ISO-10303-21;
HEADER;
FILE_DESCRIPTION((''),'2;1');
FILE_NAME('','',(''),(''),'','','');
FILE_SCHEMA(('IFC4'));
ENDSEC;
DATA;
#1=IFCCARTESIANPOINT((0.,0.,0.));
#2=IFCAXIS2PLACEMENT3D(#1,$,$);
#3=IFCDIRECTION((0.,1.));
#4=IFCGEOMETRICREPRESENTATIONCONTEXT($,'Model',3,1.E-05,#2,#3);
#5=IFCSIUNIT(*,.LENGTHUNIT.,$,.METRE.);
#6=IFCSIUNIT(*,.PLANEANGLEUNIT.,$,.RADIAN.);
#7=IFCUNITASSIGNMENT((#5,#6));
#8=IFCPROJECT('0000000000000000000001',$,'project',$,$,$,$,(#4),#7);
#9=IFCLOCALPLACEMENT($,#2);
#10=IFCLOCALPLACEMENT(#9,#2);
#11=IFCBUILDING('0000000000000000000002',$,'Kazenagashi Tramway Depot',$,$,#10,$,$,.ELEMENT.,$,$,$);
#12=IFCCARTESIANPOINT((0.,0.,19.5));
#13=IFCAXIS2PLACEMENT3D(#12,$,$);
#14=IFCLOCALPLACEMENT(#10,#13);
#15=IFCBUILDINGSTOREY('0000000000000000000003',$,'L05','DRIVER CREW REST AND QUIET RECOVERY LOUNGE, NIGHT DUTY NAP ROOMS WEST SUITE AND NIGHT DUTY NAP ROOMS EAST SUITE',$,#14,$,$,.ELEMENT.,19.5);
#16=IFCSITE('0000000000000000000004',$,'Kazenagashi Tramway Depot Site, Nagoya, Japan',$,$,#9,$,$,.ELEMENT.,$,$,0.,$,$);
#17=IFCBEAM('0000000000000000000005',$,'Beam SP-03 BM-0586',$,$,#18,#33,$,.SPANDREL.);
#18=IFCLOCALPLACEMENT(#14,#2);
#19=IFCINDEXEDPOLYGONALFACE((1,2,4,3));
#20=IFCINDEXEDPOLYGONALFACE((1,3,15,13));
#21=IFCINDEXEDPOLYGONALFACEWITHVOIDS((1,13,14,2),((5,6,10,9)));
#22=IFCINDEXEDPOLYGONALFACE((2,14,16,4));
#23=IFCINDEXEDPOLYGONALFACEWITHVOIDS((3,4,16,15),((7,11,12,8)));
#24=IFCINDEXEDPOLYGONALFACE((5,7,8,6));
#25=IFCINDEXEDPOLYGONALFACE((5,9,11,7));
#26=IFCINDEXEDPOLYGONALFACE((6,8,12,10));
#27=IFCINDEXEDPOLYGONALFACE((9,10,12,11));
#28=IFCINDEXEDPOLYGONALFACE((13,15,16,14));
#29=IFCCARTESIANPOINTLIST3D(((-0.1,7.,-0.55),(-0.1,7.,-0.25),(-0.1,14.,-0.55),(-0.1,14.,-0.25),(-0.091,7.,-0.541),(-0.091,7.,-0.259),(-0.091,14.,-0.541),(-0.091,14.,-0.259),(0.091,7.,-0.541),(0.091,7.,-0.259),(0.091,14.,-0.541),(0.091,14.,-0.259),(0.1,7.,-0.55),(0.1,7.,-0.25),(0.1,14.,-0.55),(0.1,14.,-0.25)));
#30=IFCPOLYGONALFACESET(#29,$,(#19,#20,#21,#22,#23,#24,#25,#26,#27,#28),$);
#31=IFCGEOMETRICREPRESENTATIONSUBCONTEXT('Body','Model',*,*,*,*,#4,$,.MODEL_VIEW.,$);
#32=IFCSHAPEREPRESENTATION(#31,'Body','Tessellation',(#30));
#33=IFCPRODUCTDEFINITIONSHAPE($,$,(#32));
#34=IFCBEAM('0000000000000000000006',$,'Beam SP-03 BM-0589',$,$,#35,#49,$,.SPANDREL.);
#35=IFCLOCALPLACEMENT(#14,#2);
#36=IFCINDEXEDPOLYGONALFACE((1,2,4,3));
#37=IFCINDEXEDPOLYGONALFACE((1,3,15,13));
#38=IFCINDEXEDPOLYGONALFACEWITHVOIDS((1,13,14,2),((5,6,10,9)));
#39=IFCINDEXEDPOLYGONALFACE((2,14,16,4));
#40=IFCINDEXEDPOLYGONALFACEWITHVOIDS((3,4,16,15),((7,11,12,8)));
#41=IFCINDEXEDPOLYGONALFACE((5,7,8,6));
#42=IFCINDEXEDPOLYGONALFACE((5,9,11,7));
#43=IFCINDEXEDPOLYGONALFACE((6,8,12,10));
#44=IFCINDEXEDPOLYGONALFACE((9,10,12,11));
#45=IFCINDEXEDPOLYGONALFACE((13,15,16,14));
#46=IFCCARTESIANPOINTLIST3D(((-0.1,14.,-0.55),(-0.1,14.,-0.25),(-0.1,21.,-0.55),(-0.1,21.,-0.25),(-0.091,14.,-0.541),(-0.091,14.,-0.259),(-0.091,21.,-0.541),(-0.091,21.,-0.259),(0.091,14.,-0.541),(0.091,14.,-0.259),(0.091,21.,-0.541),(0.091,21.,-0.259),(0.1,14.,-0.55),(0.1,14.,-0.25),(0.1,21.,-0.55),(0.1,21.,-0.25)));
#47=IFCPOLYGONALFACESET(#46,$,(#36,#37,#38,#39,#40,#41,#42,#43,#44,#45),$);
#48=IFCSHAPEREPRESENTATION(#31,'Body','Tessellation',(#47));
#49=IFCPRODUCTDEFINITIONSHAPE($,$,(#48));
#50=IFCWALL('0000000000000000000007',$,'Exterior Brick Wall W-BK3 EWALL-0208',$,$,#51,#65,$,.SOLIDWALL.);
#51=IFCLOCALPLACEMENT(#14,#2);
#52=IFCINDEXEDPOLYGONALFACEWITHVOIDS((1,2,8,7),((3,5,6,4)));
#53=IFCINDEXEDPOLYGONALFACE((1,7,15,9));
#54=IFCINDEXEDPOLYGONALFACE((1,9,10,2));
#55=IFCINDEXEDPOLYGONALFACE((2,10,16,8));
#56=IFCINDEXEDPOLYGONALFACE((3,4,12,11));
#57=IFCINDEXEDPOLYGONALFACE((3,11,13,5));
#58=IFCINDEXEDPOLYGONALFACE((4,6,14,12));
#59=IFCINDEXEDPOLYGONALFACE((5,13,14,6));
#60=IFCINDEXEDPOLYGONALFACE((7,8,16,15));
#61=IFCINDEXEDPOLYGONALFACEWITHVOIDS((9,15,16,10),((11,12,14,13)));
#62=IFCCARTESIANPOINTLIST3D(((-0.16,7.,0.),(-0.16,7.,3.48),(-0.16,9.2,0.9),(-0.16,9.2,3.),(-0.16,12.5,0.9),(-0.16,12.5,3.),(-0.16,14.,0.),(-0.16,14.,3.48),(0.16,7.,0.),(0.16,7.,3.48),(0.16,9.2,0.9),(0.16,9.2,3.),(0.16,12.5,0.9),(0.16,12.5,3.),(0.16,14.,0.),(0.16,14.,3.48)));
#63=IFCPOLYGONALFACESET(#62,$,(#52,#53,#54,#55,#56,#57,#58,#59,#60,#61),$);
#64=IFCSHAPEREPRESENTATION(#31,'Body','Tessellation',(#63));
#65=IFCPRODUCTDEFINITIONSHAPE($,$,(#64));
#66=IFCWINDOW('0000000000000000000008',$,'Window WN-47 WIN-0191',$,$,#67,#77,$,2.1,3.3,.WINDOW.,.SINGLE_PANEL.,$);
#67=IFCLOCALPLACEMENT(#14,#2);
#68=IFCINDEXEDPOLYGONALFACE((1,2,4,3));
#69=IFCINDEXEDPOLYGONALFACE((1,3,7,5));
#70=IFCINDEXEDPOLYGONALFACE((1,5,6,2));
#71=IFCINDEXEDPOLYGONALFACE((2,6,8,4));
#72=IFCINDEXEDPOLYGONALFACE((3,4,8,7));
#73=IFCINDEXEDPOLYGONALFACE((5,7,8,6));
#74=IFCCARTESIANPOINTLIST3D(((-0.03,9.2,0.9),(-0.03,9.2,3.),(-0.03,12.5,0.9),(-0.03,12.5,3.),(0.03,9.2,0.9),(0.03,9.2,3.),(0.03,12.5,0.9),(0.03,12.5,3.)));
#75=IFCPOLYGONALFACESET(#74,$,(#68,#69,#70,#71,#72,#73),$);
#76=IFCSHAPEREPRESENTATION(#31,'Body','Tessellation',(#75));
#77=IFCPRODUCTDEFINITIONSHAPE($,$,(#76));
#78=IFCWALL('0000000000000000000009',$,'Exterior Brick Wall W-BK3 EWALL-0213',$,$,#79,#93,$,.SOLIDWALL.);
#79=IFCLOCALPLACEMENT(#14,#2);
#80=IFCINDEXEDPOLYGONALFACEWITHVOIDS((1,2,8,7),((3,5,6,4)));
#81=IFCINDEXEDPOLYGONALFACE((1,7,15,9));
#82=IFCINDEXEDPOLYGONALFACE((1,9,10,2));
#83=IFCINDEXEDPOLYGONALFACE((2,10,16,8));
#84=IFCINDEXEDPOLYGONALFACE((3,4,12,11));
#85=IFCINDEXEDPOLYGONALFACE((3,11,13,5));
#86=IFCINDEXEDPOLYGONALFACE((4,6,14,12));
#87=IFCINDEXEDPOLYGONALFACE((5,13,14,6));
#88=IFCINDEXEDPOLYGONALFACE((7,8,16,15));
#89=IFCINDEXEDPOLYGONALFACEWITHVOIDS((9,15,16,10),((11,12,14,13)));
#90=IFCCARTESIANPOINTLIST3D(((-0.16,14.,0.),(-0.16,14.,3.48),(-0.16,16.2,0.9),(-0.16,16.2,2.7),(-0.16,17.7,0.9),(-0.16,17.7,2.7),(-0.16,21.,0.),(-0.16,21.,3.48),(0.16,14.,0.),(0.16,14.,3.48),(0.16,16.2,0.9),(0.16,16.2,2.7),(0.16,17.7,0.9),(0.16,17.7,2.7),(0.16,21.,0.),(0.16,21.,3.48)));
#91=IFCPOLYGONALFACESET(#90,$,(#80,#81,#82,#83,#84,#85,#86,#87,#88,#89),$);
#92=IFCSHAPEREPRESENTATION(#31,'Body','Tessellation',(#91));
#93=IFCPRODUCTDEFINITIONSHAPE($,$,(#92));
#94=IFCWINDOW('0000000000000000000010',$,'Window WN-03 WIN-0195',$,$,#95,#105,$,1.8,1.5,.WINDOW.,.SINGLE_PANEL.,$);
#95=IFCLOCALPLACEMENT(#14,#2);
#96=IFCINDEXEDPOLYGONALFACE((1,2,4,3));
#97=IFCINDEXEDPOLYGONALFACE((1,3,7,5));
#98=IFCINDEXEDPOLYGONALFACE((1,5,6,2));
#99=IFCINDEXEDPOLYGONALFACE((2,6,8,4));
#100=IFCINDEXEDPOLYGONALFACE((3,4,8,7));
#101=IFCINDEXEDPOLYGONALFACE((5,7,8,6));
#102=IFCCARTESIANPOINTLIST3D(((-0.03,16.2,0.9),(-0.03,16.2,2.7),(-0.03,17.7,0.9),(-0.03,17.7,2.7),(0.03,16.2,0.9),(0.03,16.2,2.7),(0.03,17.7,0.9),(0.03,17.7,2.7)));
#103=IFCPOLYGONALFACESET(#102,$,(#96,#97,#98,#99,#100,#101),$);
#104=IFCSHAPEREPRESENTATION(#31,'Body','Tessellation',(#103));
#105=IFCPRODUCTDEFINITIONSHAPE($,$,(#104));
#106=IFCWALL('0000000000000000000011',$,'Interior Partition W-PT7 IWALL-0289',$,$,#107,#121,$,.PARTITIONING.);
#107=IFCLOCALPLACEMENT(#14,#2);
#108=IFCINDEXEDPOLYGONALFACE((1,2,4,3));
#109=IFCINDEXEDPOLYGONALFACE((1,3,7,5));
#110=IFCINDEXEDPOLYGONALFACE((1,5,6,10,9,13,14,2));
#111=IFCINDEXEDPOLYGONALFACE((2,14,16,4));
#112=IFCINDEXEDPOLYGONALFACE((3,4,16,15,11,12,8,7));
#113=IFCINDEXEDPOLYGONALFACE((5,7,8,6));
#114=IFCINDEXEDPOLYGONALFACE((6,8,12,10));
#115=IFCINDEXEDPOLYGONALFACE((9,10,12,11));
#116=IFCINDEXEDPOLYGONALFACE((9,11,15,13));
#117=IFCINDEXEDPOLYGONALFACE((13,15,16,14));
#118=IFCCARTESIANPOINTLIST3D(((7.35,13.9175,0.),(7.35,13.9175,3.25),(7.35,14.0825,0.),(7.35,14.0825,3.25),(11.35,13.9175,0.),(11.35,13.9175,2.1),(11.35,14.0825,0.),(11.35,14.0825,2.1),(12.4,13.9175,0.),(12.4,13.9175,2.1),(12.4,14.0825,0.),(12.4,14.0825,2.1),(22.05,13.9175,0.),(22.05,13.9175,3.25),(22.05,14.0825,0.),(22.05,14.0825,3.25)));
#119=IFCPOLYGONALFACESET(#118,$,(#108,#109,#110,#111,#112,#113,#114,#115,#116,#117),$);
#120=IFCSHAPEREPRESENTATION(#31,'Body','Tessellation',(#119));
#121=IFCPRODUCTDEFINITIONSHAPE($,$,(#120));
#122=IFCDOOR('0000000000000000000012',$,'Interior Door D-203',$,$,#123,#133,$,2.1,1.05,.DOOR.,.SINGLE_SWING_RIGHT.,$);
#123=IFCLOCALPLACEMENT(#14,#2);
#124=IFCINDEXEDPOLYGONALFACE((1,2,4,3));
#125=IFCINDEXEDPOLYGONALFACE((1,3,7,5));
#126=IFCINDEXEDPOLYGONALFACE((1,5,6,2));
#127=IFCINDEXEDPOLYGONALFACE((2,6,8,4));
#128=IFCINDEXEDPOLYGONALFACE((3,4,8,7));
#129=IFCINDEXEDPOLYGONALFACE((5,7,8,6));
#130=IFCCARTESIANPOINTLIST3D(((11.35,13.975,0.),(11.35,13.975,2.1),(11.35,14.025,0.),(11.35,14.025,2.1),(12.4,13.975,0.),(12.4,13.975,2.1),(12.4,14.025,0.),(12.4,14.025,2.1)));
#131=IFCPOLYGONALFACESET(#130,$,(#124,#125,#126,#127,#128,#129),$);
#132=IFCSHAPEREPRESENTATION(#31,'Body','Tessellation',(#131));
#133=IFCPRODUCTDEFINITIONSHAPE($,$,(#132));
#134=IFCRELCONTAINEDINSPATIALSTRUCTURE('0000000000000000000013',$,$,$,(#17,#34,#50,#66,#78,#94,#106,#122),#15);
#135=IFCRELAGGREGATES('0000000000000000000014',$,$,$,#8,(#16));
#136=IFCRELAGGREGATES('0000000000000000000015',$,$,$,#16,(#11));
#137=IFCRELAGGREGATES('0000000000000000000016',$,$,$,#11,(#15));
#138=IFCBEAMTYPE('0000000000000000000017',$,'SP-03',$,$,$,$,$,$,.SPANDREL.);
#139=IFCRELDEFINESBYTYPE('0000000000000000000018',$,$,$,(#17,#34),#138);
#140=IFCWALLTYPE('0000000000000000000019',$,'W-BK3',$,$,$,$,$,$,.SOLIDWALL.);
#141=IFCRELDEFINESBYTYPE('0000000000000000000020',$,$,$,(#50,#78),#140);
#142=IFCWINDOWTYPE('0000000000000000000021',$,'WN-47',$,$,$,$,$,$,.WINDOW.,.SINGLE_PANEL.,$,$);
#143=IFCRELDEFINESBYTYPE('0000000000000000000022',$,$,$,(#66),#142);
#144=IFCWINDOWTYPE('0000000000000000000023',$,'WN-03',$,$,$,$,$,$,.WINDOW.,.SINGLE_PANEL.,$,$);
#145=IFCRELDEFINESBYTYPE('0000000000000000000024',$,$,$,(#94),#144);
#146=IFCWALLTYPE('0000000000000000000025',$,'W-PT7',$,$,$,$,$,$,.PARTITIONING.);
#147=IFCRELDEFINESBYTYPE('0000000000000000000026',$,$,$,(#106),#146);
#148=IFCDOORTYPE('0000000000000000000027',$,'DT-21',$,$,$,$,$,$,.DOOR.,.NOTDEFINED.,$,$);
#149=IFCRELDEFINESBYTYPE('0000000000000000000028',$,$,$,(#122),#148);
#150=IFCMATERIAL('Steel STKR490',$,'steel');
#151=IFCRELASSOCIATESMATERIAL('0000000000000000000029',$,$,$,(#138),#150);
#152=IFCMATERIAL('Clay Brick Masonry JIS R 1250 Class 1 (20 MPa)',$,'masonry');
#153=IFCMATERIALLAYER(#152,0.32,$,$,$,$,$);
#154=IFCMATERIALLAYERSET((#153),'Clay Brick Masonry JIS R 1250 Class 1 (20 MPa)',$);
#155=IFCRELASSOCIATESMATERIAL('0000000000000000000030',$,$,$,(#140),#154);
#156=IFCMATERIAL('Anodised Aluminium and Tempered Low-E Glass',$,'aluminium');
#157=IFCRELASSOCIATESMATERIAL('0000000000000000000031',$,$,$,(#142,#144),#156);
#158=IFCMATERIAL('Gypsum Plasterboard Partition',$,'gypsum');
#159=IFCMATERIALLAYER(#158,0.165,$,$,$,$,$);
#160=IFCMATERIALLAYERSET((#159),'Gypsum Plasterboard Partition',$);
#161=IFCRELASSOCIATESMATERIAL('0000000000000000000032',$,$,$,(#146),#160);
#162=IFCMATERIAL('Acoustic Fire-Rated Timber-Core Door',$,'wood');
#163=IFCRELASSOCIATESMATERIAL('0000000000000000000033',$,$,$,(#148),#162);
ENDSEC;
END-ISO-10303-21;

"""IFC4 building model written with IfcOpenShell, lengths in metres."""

from ifc_helpers import new_model, si_unit, direction, frame, frame_2d, origin, origin_2d, place, context, subcontext, project, spatial, rectangle, hollow_rectangle, extrude, material, layer, layer_set, material_profile, profile_set, type_object, element, fill, save


model = new_model("IFC4")

# Units and contexts
model_context = context("Model", 3, precision=1e-05, world=origin(), true_north=direction((0.0, 1.0)))
body_context = subcontext(model_context, "Body", "Model", "MODEL_VIEW")
ifc_project = project(units=[si_unit("LENGTHUNIT", "METRE"), si_unit("PLANEANGLEUNIT", "RADIAN")], contexts=[model_context])

# Site, building, storey
site_placement = place(None, origin())
site = spatial("IfcSite", under=ifc_project, at=site_placement, Name="Kazenagashi Tramway Depot Site, Nagoya, Japan", CompositionType="ELEMENT", RefElevation=0.0)
building_placement = place(site_placement, origin())
building = spatial("IfcBuilding", under=site, at=building_placement, Name="Kazenagashi Tramway Depot", CompositionType="ELEMENT")
storey_placement = place(building_placement, frame((0.0, 0.0, 19.5)))
storey = spatial("IfcBuildingStorey", under=building, at=storey_placement, Name="L05", Description="DRIVER CREW REST AND QUIET RECOVERY LOUNGE, NIGHT DUTY NAP ROOMS WEST SUITE AND NIGHT DUTY NAP ROOMS EAST SUITE", CompositionType="ELEMENT", Elevation=19.5)

# Beams
ifc_material_1 = material(Name="Steel STKR490", Category="steel")
ifc_material_profile_1 = material_profile(ifc_material_1, hollow_rectangle(XDim=0.2, YDim=0.3, WallThickness=0.009, at=origin_2d()), Name="RHS-300x200x9")
ifc_profile_set_1 = profile_set([ifc_material_profile_1], Name="Steel STKR490")
beam_type_1 = type_object("IfcBeamType", Name="SP-03", PredefinedType="SPANDREL", material=ifc_profile_set_1)
for number, where, z_axis, x_axis, name in (
    (1, (0.0, 7.0, -0.4), (0.0, 1.0, 0.0), (-1.0, 0.0, 0.0), "Beam SP-03 BM-0586"),
    (2, (0.0, 14.0, -0.4), (0.0, 1.0, 0.0), (-1.0, 0.0, 0.0), "Beam SP-03 BM-0589"),
):
    element("IfcBeam", number, at=place(storey_placement, frame(where, z_axis=z_axis, x_axis=x_axis)), inside=storey, type_object=beam_type_1, Name=name, PredefinedType="SPANDREL", context=body_context, shape_type="SweptSolid", body=[
        extrude(hollow_rectangle(XDim=0.2, YDim=0.3, WallThickness=0.009, at=origin_2d()), origin(), (0.0, 0.0, 1.0), 7.0),
    ])

# Walls, openings, windows
ifc_material_2 = material(Name="Clay Brick Masonry JIS R 1250 Class 1 (20 MPa)", Category="masonry")
ifc_layer_1 = layer(ifc_material_2, 0.32)
ifc_layer_set_1 = layer_set([ifc_layer_1], Name="Clay Brick Masonry JIS R 1250 Class 1 (20 MPa)")
wall_type_1 = type_object("IfcWallType", Name="W-BK3", PredefinedType="SOLIDWALL", material=ifc_layer_set_1)
wall_1_placement = place(storey_placement, frame((0.0, 7.0, 0.0), z_axis=(0.0, 0.0, 1.0), x_axis=(0.0, 1.0, 0.0)))
wall_1 = element("IfcWall", 3, at=wall_1_placement, inside=storey, type_object=wall_type_1, Name="Exterior Brick Wall W-BK3 EWALL-0208", PredefinedType="SOLIDWALL", context=body_context, shape_type="SweptSolid", body=[
    extrude(rectangle(XDim=7.0, YDim=0.32, at=frame_2d((3.5, 0.0))), origin(), (0.0, 0.0, 1.0), 3.48),
])
opening_1_placement = place(wall_1_placement, frame((2.2, 0.0, 0.9)))
opening_1 = element("IfcOpeningElement", 4, at=opening_1_placement, cuts=wall_1, PredefinedType="OPENING", context=body_context, shape_type="SweptSolid", body=[
    extrude(rectangle(XDim=3.3, YDim=2.1, at=frame_2d((1.65, 1.05))), frame((0.0, 0.17, 0.0), z_axis=(0.0, -1.0, 0.0), x_axis=(1.0, 0.0, 0.0)), (0.0, 0.0, 1.0), 0.34),
])
ifc_material_3 = material(Name="Anodised Aluminium and Tempered Low-E Glass", Category="aluminium")
window_type_1 = type_object("IfcWindowType", Name="WN-47", PartitioningType="SINGLE_PANEL", PredefinedType="WINDOW", material=ifc_material_3)
window_1_placement = place(opening_1_placement, origin())
window_1 = element("IfcWindow", 5, at=window_1_placement, inside=storey, type_object=window_type_1, Name="Window WN-47 WIN-0191", OverallHeight=2.1, OverallWidth=3.3, PartitioningType="SINGLE_PANEL", PredefinedType="WINDOW", context=body_context, shape_type="SweptSolid", body=[
    extrude(rectangle(XDim=3.3, YDim=2.1, at=frame_2d((1.65, 1.05))), frame((0.0, 0.03, 0.0), z_axis=(0.0, -1.0, 0.0), x_axis=(1.0, 0.0, 0.0)), (0.0, 0.0, 1.0), 0.06),
])
fill(opening_1, window_1)
wall_2_placement = place(storey_placement, frame((0.0, 14.0, 0.0), z_axis=(0.0, 0.0, 1.0), x_axis=(0.0, 1.0, 0.0)))
wall_2 = element("IfcWall", 6, at=wall_2_placement, inside=storey, type_object=wall_type_1, Name="Exterior Brick Wall W-BK3 EWALL-0213", PredefinedType="SOLIDWALL", context=body_context, shape_type="SweptSolid", body=[
    extrude(rectangle(XDim=7.0, YDim=0.32, at=frame_2d((3.5, 0.0))), origin(), (0.0, 0.0, 1.0), 3.48),
])
opening_2_placement = place(wall_2_placement, frame((2.2, 0.0, 0.9)))
opening_2 = element("IfcOpeningElement", 7, at=opening_2_placement, cuts=wall_2, PredefinedType="OPENING", context=body_context, shape_type="SweptSolid", body=[
    extrude(rectangle(XDim=1.5, YDim=1.8, at=frame_2d((0.75, 0.9))), frame((0.0, 0.17, 0.0), z_axis=(0.0, -1.0, 0.0), x_axis=(1.0, 0.0, 0.0)), (0.0, 0.0, 1.0), 0.34),
])
window_type_2 = type_object("IfcWindowType", Name="WN-03", PartitioningType="SINGLE_PANEL", PredefinedType="WINDOW", material=ifc_material_3)
window_2_placement = place(opening_2_placement, origin())
window_2 = element("IfcWindow", 8, at=window_2_placement, inside=storey, type_object=window_type_2, Name="Window WN-03 WIN-0195", OverallHeight=1.8, OverallWidth=1.5, PartitioningType="SINGLE_PANEL", PredefinedType="WINDOW", context=body_context, shape_type="SweptSolid", body=[
    extrude(rectangle(XDim=1.5, YDim=1.8, at=frame_2d((0.75, 0.9))), frame((0.0, 0.03, 0.0), z_axis=(0.0, -1.0, 0.0), x_axis=(1.0, 0.0, 0.0)), (0.0, 0.0, 1.0), 0.06),
])
fill(opening_2, window_2)

# Wall, opening, door
ifc_material_4 = material(Name="Gypsum Plasterboard Partition", Category="gypsum")
ifc_layer_2 = layer(ifc_material_4, 0.165)
ifc_layer_set_2 = layer_set([ifc_layer_2], Name="Gypsum Plasterboard Partition")
wall_type_2 = type_object("IfcWallType", Name="W-PT7", PredefinedType="PARTITIONING", material=ifc_layer_set_2)
wall_3_placement = place(storey_placement, frame((7.35, 14.0, 0.0), z_axis=(0.0, 0.0, 1.0), x_axis=(1.0, 0.0, 0.0)))
wall_3 = element("IfcWall", 9, at=wall_3_placement, inside=storey, type_object=wall_type_2, Name="Interior Partition W-PT7 IWALL-0289", PredefinedType="PARTITIONING", context=body_context, shape_type="SweptSolid", body=[
    extrude(rectangle(XDim=14.7, YDim=0.165, at=frame_2d((7.35, 0.0))), origin(), (0.0, 0.0, 1.0), 3.25),
])
opening_3_placement = place(wall_3_placement, frame((4.0, 0.0, 0.0)))
opening_3 = element("IfcOpeningElement", 10, at=opening_3_placement, cuts=wall_3, PredefinedType="OPENING", context=body_context, shape_type="SweptSolid", body=[
    extrude(rectangle(XDim=1.05, YDim=2.1, at=frame_2d((0.525, 1.05))), frame((0.0, 0.0925, 0.0), z_axis=(0.0, -1.0, 0.0), x_axis=(1.0, 0.0, 0.0)), (0.0, 0.0, 1.0), 0.185),
])
ifc_material_5 = material(Name="Acoustic Fire-Rated Timber-Core Door", Category="wood")
door_type = type_object("IfcDoorType", Name="DT-21", OperationType="NOTDEFINED", PredefinedType="DOOR", material=ifc_material_5)
door_placement = place(opening_3_placement, origin())
door = element("IfcDoor", 11, at=door_placement, inside=storey, type_object=door_type, Name="Interior Door D-203", OperationType="SINGLE_SWING_RIGHT", OverallHeight=2.1, OverallWidth=1.05, PredefinedType="DOOR", context=body_context, shape_type="SweptSolid", body=[
    extrude(rectangle(XDim=1.05, YDim=2.1, at=frame_2d((0.525, 1.05))), frame((0.0, 0.025, 0.0), z_axis=(0.0, -1.0, 0.0), x_axis=(1.0, 0.0, 0.0)), (0.0, 0.0, 1.0), 0.05),
])
fill(opening_3, door)

save(model, "model.ifc")
